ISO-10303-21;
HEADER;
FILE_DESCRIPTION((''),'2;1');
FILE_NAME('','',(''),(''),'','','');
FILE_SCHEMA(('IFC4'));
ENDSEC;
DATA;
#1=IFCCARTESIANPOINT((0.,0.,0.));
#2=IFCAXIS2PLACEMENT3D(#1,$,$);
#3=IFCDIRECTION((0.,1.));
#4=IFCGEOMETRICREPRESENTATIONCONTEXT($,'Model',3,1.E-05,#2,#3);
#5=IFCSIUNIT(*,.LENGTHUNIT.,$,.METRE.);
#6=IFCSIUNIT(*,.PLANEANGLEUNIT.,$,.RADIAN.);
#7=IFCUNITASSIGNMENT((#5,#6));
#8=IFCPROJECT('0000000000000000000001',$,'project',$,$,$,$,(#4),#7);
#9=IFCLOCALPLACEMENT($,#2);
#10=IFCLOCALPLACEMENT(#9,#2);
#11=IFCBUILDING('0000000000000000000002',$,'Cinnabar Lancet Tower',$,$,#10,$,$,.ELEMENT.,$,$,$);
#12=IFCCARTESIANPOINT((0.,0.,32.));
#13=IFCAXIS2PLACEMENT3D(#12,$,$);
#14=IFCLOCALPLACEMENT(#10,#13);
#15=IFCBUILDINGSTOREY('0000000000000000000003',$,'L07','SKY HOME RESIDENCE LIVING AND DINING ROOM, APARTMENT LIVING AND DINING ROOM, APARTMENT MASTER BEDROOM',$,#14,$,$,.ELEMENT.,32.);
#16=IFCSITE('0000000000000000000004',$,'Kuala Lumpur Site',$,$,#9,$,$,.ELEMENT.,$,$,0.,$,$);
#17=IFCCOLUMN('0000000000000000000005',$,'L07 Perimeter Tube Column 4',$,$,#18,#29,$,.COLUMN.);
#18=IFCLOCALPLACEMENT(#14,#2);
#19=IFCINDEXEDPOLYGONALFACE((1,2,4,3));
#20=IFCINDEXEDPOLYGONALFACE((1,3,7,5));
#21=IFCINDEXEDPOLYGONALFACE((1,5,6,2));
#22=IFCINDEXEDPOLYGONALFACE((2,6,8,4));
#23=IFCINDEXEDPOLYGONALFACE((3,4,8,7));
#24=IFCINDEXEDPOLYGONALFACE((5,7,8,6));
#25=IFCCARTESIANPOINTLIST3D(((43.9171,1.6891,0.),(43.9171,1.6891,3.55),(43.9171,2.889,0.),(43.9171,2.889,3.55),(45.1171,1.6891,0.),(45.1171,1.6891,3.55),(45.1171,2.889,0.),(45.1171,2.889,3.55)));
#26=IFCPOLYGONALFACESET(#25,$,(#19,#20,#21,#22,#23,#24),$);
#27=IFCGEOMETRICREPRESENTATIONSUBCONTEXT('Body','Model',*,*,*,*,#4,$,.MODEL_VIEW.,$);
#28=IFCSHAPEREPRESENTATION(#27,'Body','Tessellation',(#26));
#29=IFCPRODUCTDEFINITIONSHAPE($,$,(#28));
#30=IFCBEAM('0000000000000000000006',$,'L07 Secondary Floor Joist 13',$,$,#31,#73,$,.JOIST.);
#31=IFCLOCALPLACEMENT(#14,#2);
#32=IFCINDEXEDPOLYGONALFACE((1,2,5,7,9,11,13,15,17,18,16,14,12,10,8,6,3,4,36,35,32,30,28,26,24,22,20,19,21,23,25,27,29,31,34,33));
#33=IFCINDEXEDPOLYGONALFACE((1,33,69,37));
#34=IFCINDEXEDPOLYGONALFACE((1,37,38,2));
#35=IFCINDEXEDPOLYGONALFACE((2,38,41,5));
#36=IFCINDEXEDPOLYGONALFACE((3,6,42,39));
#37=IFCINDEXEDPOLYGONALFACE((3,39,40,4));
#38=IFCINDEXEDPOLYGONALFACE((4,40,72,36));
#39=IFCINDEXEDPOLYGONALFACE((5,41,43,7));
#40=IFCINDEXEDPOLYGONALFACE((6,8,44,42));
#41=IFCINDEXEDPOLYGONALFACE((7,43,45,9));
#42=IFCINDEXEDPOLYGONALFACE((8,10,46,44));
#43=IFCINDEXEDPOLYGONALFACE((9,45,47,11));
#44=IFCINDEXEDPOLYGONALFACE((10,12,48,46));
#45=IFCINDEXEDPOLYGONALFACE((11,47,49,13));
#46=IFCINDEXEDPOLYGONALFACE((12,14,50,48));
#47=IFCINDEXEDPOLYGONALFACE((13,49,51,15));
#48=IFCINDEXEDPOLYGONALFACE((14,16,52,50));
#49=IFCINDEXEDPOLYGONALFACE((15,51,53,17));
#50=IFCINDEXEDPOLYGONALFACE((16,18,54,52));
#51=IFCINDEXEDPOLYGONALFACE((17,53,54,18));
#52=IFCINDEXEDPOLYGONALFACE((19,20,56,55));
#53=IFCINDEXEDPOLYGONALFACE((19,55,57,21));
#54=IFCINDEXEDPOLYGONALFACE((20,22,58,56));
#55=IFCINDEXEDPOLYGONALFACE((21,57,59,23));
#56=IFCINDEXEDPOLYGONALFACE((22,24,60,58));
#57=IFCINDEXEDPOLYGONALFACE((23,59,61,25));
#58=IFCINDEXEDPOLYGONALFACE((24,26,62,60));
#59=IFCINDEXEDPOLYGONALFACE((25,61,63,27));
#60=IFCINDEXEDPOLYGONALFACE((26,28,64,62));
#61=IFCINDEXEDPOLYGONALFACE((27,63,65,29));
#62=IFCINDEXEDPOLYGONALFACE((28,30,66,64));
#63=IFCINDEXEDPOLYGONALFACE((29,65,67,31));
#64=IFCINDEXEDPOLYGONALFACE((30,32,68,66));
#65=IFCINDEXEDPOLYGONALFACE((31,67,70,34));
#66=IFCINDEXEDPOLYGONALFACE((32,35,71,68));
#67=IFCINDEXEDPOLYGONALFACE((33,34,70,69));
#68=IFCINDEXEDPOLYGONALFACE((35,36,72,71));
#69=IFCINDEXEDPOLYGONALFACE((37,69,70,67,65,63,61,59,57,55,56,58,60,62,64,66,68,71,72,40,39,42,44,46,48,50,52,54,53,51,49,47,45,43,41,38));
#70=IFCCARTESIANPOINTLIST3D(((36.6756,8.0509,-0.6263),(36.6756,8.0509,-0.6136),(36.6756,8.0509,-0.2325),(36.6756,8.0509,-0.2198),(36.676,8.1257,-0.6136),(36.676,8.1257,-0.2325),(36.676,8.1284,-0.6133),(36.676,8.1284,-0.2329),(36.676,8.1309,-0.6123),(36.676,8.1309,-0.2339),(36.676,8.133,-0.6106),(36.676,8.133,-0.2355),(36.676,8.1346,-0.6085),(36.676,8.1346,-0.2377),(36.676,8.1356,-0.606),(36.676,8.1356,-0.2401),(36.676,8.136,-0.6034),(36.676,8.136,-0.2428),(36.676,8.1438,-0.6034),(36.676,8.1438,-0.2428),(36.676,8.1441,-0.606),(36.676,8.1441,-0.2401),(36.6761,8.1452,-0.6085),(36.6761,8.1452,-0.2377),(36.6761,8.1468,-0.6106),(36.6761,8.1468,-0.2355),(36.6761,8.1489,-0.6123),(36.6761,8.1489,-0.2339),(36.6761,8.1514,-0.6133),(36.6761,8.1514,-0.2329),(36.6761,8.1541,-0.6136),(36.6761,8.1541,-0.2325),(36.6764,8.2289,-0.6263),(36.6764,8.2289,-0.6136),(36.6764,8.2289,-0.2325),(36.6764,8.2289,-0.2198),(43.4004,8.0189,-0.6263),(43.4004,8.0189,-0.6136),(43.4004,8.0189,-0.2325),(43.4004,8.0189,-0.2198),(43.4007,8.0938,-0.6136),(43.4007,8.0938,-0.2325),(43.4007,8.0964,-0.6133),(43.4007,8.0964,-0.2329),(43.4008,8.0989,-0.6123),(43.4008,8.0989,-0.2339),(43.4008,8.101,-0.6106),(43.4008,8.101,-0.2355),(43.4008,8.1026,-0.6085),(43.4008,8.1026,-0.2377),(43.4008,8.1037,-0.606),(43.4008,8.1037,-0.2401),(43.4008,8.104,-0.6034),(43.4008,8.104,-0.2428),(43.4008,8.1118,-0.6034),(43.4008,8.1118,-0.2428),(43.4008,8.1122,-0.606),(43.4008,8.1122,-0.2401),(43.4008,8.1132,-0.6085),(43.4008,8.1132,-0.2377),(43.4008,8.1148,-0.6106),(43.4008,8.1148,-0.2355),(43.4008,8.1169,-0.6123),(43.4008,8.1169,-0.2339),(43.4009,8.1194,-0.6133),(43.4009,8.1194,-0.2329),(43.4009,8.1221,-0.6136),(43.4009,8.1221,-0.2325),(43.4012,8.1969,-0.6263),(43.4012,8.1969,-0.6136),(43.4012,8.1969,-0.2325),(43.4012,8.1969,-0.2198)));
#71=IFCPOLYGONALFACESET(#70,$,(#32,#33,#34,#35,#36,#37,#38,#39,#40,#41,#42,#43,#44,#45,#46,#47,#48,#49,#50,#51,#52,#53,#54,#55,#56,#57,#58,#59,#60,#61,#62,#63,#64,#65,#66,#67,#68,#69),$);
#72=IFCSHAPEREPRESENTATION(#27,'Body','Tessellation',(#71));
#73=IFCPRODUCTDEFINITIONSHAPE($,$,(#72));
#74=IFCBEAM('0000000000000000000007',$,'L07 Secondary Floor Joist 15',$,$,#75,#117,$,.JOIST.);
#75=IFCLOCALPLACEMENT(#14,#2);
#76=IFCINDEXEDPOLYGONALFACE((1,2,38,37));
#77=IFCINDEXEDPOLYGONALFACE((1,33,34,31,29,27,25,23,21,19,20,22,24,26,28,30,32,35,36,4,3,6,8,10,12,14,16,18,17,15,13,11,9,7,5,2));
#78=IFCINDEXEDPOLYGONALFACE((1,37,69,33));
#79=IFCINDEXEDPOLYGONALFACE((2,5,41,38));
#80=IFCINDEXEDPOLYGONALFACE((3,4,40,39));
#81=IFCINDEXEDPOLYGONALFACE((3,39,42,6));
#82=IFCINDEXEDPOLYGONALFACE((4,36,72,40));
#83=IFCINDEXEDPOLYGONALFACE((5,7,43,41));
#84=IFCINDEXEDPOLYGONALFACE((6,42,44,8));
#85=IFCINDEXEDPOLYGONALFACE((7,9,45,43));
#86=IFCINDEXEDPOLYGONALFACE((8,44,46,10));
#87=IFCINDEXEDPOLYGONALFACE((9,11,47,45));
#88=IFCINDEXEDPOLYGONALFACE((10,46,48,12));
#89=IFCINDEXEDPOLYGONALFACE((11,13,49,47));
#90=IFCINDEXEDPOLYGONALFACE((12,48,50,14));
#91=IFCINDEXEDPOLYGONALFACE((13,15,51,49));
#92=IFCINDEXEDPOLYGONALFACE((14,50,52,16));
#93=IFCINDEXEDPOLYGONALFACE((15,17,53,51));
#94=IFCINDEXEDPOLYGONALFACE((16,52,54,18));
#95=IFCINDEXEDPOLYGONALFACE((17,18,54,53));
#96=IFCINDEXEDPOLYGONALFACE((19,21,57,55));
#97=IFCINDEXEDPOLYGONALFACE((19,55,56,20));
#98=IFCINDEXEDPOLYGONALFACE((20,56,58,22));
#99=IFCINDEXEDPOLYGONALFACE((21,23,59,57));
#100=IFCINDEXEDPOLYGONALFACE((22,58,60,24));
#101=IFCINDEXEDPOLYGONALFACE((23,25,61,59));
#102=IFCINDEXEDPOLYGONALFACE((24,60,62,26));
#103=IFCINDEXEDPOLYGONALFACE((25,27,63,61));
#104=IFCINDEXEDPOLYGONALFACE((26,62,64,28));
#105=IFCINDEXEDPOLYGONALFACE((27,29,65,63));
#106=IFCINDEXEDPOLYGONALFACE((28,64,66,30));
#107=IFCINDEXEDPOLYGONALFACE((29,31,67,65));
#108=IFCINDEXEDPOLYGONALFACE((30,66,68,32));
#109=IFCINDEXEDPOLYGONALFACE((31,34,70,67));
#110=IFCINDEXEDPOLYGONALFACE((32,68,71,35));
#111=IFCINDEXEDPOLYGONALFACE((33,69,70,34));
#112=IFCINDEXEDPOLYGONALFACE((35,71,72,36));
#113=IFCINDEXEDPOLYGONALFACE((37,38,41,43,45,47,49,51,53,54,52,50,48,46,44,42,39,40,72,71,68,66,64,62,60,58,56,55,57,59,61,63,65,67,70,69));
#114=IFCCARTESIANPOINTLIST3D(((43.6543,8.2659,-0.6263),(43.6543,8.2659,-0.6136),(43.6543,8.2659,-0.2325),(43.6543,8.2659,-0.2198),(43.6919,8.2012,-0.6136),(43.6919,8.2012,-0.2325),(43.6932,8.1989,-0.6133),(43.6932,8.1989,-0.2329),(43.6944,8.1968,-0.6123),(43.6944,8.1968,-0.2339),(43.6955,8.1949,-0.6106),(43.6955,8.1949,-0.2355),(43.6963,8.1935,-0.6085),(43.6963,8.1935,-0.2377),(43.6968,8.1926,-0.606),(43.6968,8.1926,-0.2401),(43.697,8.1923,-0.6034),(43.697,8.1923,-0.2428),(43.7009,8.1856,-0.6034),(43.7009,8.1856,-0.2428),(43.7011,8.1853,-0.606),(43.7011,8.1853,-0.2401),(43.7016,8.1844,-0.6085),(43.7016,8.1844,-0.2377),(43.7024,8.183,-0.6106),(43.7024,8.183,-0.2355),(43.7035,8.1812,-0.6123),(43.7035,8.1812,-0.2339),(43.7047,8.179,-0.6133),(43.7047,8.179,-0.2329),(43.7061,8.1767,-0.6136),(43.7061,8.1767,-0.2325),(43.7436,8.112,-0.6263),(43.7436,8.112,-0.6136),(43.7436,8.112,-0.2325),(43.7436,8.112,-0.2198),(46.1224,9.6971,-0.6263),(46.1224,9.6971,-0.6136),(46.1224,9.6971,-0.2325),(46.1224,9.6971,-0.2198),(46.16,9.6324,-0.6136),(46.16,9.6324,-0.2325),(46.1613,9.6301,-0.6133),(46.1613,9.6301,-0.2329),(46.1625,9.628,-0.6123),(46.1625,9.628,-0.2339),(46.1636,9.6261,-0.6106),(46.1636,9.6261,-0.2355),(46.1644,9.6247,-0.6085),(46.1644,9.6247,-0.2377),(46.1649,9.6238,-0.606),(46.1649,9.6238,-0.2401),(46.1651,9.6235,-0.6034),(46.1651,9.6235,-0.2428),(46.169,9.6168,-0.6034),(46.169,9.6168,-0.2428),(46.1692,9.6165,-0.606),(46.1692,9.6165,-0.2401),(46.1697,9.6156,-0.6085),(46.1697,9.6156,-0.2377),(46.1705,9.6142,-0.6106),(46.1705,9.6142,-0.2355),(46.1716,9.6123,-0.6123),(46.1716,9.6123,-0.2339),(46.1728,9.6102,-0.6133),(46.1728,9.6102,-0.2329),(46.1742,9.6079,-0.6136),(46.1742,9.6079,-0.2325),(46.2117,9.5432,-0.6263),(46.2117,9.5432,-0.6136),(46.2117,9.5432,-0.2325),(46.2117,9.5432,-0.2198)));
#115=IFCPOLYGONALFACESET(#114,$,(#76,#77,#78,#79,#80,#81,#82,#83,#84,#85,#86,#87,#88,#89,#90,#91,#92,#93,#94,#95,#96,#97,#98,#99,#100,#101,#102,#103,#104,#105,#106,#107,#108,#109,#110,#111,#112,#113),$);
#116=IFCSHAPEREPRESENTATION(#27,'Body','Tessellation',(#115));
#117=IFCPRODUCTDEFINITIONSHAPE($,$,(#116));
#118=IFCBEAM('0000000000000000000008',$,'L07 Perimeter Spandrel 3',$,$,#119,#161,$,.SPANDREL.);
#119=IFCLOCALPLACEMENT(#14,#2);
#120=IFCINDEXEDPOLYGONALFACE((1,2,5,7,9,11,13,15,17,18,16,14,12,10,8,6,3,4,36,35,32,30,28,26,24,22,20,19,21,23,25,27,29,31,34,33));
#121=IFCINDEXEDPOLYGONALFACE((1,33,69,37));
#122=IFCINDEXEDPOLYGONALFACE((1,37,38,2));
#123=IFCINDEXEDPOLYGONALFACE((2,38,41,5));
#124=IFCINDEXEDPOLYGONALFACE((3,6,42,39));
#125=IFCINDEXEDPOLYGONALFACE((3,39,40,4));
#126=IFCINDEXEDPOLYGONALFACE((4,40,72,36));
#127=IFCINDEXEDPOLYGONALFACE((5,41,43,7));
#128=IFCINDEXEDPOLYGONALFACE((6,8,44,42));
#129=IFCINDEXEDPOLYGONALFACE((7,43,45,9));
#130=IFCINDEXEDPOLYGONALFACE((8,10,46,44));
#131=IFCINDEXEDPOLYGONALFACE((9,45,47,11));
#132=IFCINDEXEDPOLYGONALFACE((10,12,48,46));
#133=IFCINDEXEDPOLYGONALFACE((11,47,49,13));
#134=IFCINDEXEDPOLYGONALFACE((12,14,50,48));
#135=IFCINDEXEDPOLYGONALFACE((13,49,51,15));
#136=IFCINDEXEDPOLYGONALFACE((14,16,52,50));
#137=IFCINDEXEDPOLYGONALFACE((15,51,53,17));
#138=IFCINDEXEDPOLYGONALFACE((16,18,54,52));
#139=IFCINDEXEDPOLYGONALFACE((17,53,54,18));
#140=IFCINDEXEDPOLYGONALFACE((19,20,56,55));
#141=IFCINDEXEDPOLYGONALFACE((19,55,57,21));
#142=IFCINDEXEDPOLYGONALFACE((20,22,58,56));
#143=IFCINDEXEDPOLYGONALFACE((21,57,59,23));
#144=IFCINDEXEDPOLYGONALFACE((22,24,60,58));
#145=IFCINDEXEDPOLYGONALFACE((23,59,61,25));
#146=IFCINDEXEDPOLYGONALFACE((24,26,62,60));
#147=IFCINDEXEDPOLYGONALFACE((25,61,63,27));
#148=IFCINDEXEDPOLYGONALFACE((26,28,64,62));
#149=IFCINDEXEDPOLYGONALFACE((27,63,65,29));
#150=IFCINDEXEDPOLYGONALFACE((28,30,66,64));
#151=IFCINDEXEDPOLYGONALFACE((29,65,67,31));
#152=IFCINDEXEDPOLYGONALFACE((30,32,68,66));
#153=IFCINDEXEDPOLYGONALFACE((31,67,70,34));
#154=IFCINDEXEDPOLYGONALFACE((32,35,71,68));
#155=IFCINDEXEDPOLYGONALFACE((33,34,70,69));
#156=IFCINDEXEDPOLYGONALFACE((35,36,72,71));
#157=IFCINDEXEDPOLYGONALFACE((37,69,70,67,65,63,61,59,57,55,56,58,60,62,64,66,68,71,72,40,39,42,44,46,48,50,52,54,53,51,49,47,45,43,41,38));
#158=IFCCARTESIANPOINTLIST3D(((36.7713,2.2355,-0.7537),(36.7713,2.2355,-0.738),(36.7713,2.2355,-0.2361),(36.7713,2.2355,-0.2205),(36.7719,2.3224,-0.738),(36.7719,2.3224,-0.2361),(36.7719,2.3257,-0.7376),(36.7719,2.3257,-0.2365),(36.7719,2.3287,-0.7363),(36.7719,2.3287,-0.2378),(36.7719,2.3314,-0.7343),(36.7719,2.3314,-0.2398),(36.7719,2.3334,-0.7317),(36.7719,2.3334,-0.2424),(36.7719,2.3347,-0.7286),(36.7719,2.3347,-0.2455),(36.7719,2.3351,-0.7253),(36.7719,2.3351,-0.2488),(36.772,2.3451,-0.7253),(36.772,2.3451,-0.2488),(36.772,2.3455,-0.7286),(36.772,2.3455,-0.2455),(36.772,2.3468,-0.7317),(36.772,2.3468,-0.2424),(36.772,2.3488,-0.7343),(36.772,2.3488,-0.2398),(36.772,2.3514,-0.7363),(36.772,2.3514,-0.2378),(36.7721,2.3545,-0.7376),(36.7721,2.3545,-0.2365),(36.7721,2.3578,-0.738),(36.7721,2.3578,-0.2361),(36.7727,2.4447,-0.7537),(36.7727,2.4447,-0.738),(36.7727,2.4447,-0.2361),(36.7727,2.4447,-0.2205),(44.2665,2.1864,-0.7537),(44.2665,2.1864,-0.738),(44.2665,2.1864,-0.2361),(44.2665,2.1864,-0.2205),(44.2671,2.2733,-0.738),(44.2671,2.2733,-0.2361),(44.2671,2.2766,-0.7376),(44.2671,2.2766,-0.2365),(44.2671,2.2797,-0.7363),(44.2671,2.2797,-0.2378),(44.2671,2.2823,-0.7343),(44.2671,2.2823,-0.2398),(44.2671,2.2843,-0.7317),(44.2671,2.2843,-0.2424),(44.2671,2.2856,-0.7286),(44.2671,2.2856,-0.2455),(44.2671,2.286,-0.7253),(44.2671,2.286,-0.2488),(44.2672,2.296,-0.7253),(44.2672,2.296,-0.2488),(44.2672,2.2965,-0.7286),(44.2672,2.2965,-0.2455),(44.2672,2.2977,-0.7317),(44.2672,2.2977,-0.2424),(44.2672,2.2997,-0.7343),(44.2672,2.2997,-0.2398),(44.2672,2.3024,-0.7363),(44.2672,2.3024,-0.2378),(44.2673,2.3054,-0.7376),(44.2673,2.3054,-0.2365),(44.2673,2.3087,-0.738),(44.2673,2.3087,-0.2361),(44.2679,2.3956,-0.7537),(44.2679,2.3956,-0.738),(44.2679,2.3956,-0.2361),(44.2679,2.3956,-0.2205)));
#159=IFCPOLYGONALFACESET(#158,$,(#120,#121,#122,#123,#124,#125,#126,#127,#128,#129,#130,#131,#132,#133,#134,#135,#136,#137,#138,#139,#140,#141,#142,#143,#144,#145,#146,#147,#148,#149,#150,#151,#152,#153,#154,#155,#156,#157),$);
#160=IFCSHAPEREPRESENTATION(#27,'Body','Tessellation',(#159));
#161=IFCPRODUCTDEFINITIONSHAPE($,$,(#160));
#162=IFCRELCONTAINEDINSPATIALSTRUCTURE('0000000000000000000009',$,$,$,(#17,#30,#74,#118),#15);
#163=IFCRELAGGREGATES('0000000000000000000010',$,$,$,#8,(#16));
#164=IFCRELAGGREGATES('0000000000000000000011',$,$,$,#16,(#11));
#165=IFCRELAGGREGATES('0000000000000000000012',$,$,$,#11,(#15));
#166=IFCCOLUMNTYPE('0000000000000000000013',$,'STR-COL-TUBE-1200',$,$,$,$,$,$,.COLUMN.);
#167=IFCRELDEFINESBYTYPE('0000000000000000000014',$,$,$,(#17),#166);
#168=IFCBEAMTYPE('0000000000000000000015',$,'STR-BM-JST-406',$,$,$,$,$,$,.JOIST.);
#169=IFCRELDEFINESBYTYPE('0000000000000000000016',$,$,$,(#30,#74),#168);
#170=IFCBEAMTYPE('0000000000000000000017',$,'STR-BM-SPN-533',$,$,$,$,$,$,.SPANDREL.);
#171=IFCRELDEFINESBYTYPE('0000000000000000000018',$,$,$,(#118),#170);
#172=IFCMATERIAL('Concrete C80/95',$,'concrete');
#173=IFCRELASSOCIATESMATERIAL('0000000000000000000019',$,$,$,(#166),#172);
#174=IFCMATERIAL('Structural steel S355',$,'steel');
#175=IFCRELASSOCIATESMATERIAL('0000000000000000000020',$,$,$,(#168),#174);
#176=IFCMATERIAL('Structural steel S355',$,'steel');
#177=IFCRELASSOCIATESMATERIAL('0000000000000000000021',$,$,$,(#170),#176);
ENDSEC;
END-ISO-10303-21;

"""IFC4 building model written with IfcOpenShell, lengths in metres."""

from ifc_helpers import new_model, si_unit, direction, frame, origin, origin_2d, place, context, subcontext, project, spatial, rectangle, i_section, extrude, material, material_profile, profile_set, type_object, element, save


model = new_model("IFC4")

# Units and contexts
model_context = context("Model", 3, precision=1e-05, world=origin(), true_north=direction((0.0, 1.0)))
body_context = subcontext(model_context, "Body", "Model", "MODEL_VIEW")
ifc_project = project(units=[si_unit("LENGTHUNIT", "METRE"), si_unit("PLANEANGLEUNIT", "RADIAN")], contexts=[model_context])

# Site, building, storey
site_placement = place(None, origin())
site = spatial("IfcSite", under=ifc_project, at=site_placement, Name="Kuala Lumpur Site", CompositionType="ELEMENT", RefElevation=0.0)
building_placement = place(site_placement, origin())
building = spatial("IfcBuilding", under=site, at=building_placement, Name="Cinnabar Lancet Tower", CompositionType="ELEMENT")
storey_placement = place(building_placement, frame((0.0, 0.0, 32.0)))
storey = spatial("IfcBuildingStorey", under=building, at=storey_placement, Name="L07", Description="SKY HOME RESIDENCE LIVING AND DINING ROOM, APARTMENT LIVING AND DINING ROOM, APARTMENT MASTER BEDROOM", CompositionType="ELEMENT", Elevation=32.0)

# Column
ifc_material_1 = material(Name="Concrete C80/95", Category="concrete")
ifc_material_profile_1 = material_profile(ifc_material_1, rectangle(XDim=1.2, YDim=1.2, at=origin_2d()), Name="RC-COL 1200x1200")
ifc_profile_set_1 = profile_set([ifc_material_profile_1], Name="Concrete C80/95")
column_type = type_object("IfcColumnType", Name="STR-COL-TUBE-1200", PredefinedType="COLUMN", material=ifc_profile_set_1)
column_placement = place(storey_placement, frame((44.5171, 2.2891, 0.0), z_axis=(0.0, 0.0, 1.0), x_axis=(1.0, 0.0, 0.0)))
element("IfcColumn", 1, at=column_placement, inside=storey, type_object=column_type, Name="L07 Perimeter Tube Column 4", PredefinedType="COLUMN", context=body_context, shape_type="SweptSolid", body=[
    extrude(rectangle(XDim=1.2, YDim=1.2, at=origin_2d()), origin(), (0.0, 0.0, 1.0), 3.55),
])

# Beams
ifc_material_2 = material(Name="Structural steel S355", Category="steel")
ifc_material_profile_2 = material_profile(ifc_material_2, i_section(OverallWidth=0.178, OverallDepth=0.4065, WebThickness=0.0078, FlangeThickness=0.0127, FilletRadius=0.0103, at=origin_2d()), Name="UKB 406x178x60")
ifc_profile_set_2 = profile_set([ifc_material_profile_2], Name="Structural steel S355")
beam_type_1 = type_object("IfcBeamType", Name="STR-BM-JST-406", PredefinedType="JOIST", material=ifc_profile_set_2)
beam_1_placement = place(storey_placement, frame((36.676, 8.1399, -0.4231), z_axis=(0.999989, -0.004756, 0.0), x_axis=(0.004756, 0.999989, 0.0)))
element("IfcBeam", 2, at=beam_1_placement, inside=storey, type_object=beam_type_1, Name="L07 Secondary Floor Joist 13", PredefinedType="JOIST", context=body_context, shape_type="SweptSolid", body=[
    extrude(i_section(OverallWidth=0.178, OverallDepth=0.4065, WebThickness=0.0078, FlangeThickness=0.0127, FilletRadius=0.0103, at=origin_2d()), origin(), (0.0, 0.0, 1.0), 6.7249),
])
beam_2_placement = place(storey_placement, frame((43.699, 8.189, -0.4231), z_axis=(0.865076, 0.50164, 0.0), x_axis=(-0.50164, 0.865076, 0.0)))
element("IfcBeam", 3, at=beam_2_placement, inside=storey, type_object=beam_type_1, Name="L07 Secondary Floor Joist 15", PredefinedType="JOIST", context=body_context, shape_type="SweptSolid", body=[
    extrude(i_section(OverallWidth=0.178, OverallDepth=0.4065, WebThickness=0.0078, FlangeThickness=0.0127, FilletRadius=0.0103, at=origin_2d()), origin(), (0.0, 0.0, 1.0), 2.853),
])
ifc_material_3 = material(Name="Structural steel S355", Category="steel")
ifc_material_profile_3 = material_profile(ifc_material_3, i_section(OverallWidth=0.2092, OverallDepth=0.5332, WebThickness=0.01, FlangeThickness=0.0156, FilletRadius=0.0127, at=origin_2d()), Name="UKB 533x210x92")
ifc_profile_set_3 = profile_set([ifc_material_profile_3], Name="Structural steel S355")
beam_type_2 = type_object("IfcBeamType", Name="STR-BM-SPN-533", PredefinedType="SPANDREL", material=ifc_profile_set_3)
beam_3_placement = place(storey_placement, frame((36.772, 2.3401, -0.4871), z_axis=(0.999979, -0.006547, 0.0), x_axis=(0.006547, 0.999979, 0.0)))
element("IfcBeam", 4, at=beam_3_placement, inside=storey, type_object=beam_type_2, Name="L07 Perimeter Spandrel 3", PredefinedType="SPANDREL", context=body_context, shape_type="SweptSolid", body=[
    extrude(i_section(OverallWidth=0.2092, OverallDepth=0.5332, WebThickness=0.01, FlangeThickness=0.0156, FilletRadius=0.0127, at=origin_2d()), origin(), (0.0, 0.0, 1.0), 7.4954),
])

save(model, "model.ifc")
